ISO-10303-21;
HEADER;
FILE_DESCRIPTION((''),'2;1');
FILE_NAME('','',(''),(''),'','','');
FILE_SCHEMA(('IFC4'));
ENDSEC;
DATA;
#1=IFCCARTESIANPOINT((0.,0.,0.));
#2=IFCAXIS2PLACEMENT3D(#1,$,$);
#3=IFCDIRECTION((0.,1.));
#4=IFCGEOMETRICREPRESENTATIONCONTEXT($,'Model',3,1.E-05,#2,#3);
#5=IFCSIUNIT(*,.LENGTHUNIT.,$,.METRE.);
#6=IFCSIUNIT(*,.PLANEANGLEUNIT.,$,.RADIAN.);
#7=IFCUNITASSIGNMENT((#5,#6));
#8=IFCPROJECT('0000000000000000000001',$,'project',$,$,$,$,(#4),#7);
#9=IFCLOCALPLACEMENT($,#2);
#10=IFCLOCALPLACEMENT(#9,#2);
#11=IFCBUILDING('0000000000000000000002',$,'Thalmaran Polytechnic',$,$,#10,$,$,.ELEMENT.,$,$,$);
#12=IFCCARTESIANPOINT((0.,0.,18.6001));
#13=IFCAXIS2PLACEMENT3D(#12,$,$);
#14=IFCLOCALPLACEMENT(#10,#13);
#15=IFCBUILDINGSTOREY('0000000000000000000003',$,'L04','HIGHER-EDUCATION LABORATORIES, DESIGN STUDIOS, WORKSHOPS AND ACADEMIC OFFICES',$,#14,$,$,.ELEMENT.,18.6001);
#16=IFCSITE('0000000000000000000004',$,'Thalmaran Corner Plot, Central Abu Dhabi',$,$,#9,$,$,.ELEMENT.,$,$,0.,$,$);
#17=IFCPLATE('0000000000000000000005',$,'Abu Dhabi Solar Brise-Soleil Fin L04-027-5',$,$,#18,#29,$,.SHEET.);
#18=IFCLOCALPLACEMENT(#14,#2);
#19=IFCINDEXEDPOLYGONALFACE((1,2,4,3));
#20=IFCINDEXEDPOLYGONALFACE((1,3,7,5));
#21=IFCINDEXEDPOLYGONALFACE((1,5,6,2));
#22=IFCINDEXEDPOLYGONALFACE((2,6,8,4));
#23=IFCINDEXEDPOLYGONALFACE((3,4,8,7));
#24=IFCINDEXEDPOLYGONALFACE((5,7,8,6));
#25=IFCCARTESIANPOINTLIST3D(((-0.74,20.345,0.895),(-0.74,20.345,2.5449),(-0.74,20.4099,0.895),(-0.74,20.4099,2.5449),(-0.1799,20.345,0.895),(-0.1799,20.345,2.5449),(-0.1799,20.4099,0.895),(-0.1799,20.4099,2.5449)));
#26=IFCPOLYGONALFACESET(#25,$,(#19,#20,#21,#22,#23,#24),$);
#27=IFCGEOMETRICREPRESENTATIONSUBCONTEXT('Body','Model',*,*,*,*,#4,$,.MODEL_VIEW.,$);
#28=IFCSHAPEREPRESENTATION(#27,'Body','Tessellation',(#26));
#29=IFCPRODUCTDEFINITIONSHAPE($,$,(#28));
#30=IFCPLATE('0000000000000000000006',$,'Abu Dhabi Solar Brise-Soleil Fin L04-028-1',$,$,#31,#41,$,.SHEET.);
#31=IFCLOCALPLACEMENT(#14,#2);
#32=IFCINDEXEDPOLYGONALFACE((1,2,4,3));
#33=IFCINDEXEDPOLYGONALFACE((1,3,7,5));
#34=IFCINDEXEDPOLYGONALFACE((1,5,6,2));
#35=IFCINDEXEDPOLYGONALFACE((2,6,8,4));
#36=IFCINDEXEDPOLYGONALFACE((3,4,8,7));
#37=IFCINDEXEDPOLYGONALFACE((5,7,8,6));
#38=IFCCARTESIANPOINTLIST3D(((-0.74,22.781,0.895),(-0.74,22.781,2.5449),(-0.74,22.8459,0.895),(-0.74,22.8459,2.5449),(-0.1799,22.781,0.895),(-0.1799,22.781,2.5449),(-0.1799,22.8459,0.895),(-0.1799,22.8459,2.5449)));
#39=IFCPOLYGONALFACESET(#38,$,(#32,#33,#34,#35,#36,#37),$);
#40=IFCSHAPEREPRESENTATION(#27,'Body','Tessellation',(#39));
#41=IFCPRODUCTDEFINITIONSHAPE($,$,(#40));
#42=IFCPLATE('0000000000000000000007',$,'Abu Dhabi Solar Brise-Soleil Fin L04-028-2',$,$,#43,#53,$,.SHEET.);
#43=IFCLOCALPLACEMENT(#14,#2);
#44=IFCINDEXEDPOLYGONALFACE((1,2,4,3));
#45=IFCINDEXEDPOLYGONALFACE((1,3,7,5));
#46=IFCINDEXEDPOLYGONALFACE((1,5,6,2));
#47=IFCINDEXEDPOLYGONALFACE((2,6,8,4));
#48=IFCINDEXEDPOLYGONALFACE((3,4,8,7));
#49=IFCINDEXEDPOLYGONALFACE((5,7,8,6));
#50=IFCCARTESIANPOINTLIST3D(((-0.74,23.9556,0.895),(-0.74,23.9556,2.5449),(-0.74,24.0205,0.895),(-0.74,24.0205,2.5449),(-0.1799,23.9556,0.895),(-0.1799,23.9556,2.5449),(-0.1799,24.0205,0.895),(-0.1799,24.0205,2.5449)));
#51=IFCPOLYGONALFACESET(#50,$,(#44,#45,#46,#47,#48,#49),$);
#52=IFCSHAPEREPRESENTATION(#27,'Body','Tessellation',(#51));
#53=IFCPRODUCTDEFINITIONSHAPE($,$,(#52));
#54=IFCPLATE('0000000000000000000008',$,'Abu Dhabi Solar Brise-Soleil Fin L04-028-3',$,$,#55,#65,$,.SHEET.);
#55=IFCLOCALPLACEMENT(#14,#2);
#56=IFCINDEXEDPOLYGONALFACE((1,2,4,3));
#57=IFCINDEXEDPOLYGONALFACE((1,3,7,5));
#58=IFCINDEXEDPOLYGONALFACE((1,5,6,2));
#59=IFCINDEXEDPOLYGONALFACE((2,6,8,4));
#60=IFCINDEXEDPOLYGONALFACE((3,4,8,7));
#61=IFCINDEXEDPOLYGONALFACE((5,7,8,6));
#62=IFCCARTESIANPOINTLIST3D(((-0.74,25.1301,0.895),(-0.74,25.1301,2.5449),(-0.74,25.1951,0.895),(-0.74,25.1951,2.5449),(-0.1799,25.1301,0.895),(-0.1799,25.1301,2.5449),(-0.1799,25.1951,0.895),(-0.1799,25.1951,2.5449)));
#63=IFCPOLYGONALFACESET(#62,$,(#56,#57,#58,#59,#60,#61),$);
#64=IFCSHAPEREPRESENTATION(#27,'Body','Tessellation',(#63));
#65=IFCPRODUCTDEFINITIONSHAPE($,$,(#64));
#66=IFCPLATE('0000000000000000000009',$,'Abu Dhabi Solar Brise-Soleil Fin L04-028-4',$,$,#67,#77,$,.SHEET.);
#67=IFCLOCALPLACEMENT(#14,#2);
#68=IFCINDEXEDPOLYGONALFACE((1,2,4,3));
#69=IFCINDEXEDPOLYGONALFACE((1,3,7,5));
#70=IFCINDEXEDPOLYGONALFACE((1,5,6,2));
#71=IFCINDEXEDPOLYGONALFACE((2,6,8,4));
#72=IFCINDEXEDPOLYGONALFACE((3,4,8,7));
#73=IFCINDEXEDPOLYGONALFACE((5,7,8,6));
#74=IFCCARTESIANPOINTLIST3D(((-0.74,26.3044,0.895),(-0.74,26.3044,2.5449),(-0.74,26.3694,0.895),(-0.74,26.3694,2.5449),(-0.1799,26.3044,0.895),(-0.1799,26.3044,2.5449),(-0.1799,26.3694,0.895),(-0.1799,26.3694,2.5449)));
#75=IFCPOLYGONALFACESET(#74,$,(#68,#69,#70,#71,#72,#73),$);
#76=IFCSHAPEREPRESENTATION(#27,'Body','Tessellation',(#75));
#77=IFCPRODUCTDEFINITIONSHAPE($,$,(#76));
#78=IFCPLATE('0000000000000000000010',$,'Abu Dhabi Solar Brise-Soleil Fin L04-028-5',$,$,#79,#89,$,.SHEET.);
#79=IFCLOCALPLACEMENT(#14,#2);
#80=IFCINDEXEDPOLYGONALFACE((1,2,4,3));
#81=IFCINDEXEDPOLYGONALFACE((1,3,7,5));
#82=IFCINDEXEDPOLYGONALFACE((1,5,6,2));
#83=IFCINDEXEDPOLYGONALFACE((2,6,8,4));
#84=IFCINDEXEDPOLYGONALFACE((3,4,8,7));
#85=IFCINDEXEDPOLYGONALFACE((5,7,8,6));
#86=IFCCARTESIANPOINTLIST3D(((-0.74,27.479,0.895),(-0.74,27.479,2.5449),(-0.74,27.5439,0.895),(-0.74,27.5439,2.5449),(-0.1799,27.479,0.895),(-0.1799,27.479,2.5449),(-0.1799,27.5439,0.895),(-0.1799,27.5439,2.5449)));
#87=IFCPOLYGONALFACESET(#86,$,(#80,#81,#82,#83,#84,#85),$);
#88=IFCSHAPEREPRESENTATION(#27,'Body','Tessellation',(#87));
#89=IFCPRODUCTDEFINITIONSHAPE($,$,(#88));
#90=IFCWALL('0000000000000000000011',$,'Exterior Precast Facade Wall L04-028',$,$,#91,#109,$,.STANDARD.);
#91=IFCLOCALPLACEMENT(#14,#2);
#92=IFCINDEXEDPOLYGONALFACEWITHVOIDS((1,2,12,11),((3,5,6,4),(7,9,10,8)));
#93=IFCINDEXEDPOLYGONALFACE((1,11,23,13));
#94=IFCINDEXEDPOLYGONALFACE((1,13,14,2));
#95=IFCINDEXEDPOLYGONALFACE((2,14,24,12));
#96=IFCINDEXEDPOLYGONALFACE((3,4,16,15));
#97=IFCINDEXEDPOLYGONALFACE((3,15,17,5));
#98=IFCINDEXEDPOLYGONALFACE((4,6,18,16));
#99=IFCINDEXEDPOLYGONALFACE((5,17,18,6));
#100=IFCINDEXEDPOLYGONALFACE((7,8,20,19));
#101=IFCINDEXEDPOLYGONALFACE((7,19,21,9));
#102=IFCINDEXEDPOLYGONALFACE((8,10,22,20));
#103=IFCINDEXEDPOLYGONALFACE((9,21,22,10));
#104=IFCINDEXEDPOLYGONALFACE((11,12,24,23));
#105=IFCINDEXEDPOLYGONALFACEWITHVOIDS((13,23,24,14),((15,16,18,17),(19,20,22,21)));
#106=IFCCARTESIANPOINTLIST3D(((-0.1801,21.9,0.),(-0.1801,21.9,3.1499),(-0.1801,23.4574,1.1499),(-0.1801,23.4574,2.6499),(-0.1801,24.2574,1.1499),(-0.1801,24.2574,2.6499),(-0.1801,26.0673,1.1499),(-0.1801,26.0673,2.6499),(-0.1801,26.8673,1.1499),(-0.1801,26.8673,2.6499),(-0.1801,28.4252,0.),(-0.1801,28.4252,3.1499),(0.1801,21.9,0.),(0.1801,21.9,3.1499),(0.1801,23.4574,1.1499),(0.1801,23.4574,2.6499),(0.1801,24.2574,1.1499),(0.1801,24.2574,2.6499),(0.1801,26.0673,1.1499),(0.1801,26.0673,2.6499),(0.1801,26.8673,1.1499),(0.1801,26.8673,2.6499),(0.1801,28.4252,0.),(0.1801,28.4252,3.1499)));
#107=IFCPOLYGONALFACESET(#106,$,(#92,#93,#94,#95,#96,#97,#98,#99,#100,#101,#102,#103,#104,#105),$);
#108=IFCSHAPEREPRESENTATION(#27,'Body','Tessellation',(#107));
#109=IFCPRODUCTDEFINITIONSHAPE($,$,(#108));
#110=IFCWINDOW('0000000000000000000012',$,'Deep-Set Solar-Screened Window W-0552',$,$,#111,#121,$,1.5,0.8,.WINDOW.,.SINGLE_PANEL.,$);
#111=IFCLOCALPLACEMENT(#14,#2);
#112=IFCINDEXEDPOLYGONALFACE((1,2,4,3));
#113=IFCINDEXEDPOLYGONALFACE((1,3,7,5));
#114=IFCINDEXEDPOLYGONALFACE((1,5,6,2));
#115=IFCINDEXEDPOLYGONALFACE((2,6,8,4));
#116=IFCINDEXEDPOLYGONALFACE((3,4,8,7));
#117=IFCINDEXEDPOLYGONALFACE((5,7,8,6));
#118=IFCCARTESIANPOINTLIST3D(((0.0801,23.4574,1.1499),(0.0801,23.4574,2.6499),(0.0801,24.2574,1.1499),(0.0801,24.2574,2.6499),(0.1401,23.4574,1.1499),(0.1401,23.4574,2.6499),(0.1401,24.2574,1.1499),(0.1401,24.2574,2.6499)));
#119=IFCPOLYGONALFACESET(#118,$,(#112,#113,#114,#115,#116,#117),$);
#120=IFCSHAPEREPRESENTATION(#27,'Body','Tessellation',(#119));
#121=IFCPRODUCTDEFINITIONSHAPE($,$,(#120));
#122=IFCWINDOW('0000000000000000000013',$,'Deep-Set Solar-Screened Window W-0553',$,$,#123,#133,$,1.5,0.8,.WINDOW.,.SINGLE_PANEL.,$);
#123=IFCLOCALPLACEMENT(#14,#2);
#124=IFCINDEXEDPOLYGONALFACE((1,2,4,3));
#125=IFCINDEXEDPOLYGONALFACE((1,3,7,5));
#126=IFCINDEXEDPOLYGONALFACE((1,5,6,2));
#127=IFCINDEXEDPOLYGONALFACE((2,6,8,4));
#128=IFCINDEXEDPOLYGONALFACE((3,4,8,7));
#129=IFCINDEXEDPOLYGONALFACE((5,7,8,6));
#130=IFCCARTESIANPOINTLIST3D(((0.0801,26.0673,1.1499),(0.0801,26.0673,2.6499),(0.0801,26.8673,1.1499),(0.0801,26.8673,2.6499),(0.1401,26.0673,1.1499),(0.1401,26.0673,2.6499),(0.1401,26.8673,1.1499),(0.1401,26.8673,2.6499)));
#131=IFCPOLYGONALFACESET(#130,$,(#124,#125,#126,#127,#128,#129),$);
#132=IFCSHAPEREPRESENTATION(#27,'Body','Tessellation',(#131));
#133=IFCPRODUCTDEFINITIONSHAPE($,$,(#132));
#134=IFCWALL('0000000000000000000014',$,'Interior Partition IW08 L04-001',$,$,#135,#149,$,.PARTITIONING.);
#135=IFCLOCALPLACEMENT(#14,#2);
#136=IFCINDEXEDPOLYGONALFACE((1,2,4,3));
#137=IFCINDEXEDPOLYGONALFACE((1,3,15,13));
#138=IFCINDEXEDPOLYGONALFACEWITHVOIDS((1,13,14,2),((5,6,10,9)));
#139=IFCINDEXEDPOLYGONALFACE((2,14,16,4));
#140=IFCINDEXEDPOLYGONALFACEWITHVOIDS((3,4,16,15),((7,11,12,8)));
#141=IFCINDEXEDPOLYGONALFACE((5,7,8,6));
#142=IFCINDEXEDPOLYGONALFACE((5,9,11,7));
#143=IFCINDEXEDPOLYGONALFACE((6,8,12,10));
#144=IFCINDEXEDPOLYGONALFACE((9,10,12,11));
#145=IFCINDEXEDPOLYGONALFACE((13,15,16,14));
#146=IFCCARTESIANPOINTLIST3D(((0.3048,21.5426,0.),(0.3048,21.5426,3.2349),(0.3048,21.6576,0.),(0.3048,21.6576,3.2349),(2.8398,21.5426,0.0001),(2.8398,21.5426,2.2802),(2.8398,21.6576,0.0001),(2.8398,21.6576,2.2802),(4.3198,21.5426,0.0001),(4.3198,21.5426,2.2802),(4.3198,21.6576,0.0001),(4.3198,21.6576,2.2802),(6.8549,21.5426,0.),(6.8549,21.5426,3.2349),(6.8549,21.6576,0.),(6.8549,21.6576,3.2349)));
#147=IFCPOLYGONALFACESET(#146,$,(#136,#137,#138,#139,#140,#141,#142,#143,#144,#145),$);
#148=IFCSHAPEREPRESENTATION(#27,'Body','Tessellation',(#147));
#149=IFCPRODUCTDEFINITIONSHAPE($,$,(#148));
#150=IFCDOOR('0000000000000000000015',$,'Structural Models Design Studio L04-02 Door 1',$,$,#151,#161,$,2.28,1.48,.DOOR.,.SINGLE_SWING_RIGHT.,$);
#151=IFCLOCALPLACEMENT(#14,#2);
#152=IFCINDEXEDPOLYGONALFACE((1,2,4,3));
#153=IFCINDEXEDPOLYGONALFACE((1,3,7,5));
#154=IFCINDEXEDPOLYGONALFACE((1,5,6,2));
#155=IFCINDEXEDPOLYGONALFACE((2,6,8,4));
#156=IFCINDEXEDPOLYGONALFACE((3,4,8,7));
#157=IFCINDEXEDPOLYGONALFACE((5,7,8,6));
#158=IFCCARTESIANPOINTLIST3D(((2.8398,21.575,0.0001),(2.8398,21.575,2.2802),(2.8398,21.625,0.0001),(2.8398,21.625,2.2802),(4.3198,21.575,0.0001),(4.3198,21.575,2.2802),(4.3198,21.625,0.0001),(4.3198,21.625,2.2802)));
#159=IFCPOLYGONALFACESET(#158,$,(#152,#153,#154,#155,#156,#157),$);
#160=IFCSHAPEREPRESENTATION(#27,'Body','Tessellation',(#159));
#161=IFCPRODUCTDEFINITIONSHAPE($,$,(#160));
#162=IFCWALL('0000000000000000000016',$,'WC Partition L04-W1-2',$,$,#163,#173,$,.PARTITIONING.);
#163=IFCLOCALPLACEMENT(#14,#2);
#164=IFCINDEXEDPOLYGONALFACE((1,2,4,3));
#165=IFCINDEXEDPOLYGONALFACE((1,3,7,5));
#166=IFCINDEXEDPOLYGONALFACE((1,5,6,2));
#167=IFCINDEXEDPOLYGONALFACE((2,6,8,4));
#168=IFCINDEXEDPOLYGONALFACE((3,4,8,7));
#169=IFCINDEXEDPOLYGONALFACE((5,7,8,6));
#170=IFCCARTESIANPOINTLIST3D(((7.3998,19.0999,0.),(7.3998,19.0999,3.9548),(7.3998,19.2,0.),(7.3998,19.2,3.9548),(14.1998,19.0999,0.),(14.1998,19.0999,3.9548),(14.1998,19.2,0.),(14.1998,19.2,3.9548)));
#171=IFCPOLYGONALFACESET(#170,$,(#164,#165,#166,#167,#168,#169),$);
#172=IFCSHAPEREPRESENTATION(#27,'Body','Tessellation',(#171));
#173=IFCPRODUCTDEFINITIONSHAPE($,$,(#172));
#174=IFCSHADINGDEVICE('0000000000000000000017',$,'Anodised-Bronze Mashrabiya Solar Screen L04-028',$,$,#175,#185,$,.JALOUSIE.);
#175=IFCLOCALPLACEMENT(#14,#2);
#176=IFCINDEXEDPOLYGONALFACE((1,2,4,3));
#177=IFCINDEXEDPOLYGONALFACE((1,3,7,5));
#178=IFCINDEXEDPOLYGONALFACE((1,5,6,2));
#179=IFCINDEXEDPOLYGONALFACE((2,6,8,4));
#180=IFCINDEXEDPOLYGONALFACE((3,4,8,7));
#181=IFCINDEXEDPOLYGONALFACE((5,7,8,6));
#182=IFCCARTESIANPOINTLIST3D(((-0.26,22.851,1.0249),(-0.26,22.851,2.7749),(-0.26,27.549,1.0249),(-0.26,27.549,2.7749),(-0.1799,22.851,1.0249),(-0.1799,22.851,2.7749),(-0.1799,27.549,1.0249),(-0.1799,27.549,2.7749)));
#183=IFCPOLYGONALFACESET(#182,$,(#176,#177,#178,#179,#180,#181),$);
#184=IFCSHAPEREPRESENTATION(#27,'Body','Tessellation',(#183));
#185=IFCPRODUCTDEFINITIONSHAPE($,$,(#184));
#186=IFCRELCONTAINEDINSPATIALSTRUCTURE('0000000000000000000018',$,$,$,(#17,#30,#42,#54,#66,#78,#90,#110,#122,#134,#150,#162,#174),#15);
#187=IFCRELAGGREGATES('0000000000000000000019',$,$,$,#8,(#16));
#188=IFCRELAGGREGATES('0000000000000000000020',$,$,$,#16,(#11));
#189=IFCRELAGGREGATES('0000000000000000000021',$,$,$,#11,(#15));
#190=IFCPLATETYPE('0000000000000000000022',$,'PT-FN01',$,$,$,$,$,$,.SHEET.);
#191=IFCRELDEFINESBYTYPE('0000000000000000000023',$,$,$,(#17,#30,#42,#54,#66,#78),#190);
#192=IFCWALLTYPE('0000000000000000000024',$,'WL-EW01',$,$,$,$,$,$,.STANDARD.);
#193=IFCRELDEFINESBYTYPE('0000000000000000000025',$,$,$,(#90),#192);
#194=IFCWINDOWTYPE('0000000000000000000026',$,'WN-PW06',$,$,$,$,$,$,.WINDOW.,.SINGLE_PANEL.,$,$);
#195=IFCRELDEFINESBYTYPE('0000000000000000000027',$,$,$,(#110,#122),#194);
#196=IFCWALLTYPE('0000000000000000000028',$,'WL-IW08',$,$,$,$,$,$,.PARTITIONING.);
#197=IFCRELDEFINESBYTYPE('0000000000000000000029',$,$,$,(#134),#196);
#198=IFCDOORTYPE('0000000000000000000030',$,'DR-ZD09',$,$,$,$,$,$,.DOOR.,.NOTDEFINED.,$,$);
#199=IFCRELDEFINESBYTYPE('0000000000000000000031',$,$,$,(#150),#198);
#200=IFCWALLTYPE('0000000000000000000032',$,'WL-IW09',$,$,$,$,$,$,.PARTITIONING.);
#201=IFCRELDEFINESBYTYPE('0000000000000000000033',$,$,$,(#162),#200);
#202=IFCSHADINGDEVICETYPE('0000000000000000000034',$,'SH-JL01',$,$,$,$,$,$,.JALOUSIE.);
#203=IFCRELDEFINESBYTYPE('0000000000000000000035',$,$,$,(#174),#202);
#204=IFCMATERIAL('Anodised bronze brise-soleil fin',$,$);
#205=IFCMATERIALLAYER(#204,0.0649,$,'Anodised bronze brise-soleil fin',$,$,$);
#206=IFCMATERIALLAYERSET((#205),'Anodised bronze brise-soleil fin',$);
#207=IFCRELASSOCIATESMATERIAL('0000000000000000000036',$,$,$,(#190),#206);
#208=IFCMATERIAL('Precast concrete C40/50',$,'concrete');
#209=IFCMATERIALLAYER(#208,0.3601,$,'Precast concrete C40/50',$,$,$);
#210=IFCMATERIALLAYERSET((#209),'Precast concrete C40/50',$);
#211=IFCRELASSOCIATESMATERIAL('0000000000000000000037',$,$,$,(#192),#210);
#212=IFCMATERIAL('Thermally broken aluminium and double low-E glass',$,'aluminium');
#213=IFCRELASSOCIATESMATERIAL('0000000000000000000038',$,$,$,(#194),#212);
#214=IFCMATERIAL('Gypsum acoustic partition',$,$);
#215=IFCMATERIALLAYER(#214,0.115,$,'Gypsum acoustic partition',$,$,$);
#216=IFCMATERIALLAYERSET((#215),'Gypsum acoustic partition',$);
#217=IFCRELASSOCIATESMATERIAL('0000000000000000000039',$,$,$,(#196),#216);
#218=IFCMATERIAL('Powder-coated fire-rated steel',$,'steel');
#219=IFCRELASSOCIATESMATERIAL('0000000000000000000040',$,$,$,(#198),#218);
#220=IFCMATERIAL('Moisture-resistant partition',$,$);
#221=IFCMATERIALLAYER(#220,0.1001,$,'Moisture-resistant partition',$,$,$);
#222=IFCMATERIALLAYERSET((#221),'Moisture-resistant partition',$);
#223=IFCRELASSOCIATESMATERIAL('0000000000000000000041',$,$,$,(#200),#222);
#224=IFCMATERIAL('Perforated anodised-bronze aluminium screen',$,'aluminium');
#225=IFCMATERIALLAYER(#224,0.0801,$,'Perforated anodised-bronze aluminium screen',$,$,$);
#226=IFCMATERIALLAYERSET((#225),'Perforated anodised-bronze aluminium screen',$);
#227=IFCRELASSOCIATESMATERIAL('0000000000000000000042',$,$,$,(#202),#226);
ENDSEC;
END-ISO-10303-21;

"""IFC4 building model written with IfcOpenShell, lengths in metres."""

from ifc_helpers import new_model, si_unit, direction, frame, frame_2d, origin, origin_2d, place, context, subcontext, project, spatial, rectangle, extrude, material, layer, layer_set, type_object, element, fill, save


model = new_model("IFC4")

# Units and contexts
model_context = context("Model", 3, precision=1e-05, world=origin(), true_north=direction((0.0, 1.0)))
body_context = subcontext(model_context, "Body", "Model", "MODEL_VIEW")
ifc_project = project(units=[si_unit("LENGTHUNIT", "METRE"), si_unit("PLANEANGLEUNIT", "RADIAN")], contexts=[model_context])

# Site, building, storey
site_placement = place(None, origin())
site = spatial("IfcSite", under=ifc_project, at=site_placement, Name="Thalmaran Corner Plot, Central Abu Dhabi", CompositionType="ELEMENT", RefElevation=0.0)
building_placement = place(site_placement, origin())
building = spatial("IfcBuilding", under=site, at=building_placement, Name="Thalmaran Polytechnic", CompositionType="ELEMENT")
storey_placement = place(building_placement, frame((0.0, 0.0, 18.6001)))
storey = spatial("IfcBuildingStorey", under=building, at=storey_placement, Name="L04", Description="HIGHER-EDUCATION LABORATORIES, DESIGN STUDIOS, WORKSHOPS AND ACADEMIC OFFICES", CompositionType="ELEMENT", Elevation=18.6001)

# Plates
ifc_material_1 = material(Name="Anodised bronze brise-soleil fin")
ifc_layer_1 = layer(ifc_material_1, 0.0649, Name="Anodised bronze brise-soleil fin")
ifc_layer_set_1 = layer_set([ifc_layer_1], Name="Anodised bronze brise-soleil fin")
plate_type_1 = type_object("IfcPlateType", Name="PT-FN01", PredefinedType="SHEET", material=ifc_layer_set_1)
for number, where, z_axis, x_axis, name in (
    (1, (-0.46, 20.3774, 0.895), (0.0, 0.0, 1.0), (0.0, 1.0, 0.0), "Abu Dhabi Solar Brise-Soleil Fin L04-027-5"),
    (2, (-0.46, 22.8135, 0.895), (0.0, 0.0, 1.0), (0.0, 1.0, 0.0), "Abu Dhabi Solar Brise-Soleil Fin L04-028-1"),
    (3, (-0.46, 23.988, 0.895), (0.0, 0.0, 1.0), (0.0, 1.0, 0.0), "Abu Dhabi Solar Brise-Soleil Fin L04-028-2"),
    (4, (-0.46, 25.1626, 0.895), (0.0, 0.0, 1.0), (0.0, 1.0, 0.0), "Abu Dhabi Solar Brise-Soleil Fin L04-028-3"),
    (5, (-0.46, 26.3369, 0.895), (0.0, 0.0, 1.0), (0.0, 1.0, 0.0), "Abu Dhabi Solar Brise-Soleil Fin L04-028-4"),
    (6, (-0.46, 27.5115, 0.895), (0.0, 0.0, 1.0), (0.0, 1.0, 0.0), "Abu Dhabi Solar Brise-Soleil Fin L04-028-5"),
):
    element("IfcPlate", number, at=place(storey_placement, frame(where, z_axis=z_axis, x_axis=x_axis)), inside=storey, type_object=plate_type_1, Name=name, PredefinedType="SHEET", context=body_context, shape_type="SweptSolid", body=[
        extrude(rectangle(XDim=0.0649, YDim=0.5601, at=origin_2d()), origin(), (0.0, 0.0, 1.0), 1.6499),
    ])

# Wall, openings, windows
ifc_material_2 = material(Name="Precast concrete C40/50", Category="concrete")
ifc_layer_2 = layer(ifc_material_2, 0.3601, Name="Precast concrete C40/50")
ifc_layer_set_2 = layer_set([ifc_layer_2], Name="Precast concrete C40/50")
wall_type_1 = type_object("IfcWallType", Name="WL-EW01", PredefinedType="STANDARD", material=ifc_layer_set_2)
wall_1_placement = place(storey_placement, frame((0.0, 21.8999, 0.0), z_axis=(0.0, 0.0, 1.0), x_axis=(0.0, 1.0, 0.0)))
wall_1 = element("IfcWall", 7, at=wall_1_placement, inside=storey, type_object=wall_type_1, Name="Exterior Precast Facade Wall L04-028", PredefinedType="STANDARD", context=body_context, shape_type="SweptSolid", body=[
    extrude(rectangle(XDim=6.5251, YDim=0.3601, at=frame_2d((3.2627, 0.0))), origin(), (0.0, 0.0, 1.0), 3.1499),
])
opening_1_placement = place(wall_1_placement, frame((1.5576, 0.0, 1.1499)))
opening_1 = element("IfcOpeningElement", 8, at=opening_1_placement, cuts=wall_1, PredefinedType="OPENING", context=body_context, shape_type="SweptSolid", body=[
    extrude(rectangle(XDim=0.8, YDim=1.5, at=frame_2d((0.3999, 0.75))), frame((0.0, 0.1899, 0.0), z_axis=(0.0, -1.0, 0.0), x_axis=(1.0, 0.0, 0.0)), (0.0, 0.0, 1.0), 0.3801),
])
opening_2_placement = place(wall_1_placement, frame((4.1675, 0.0, 1.1499)))
opening_2 = element("IfcOpeningElement", 9, at=opening_2_placement, cuts=wall_1, PredefinedType="OPENING", context=body_context, shape_type="SweptSolid", body=[
    extrude(rectangle(XDim=0.8, YDim=1.5, at=frame_2d((0.3999, 0.75))), frame((0.0, 0.1899, 0.0), z_axis=(0.0, -1.0, 0.0), x_axis=(1.0, 0.0, 0.0)), (0.0, 0.0, 1.0), 0.3801),
])
ifc_material_3 = material(Name="Thermally broken aluminium and double low-E glass", Category="aluminium")
window_type = type_object("IfcWindowType", Name="WN-PW06", PartitioningType="SINGLE_PANEL", PredefinedType="WINDOW", material=ifc_material_3)
window_1_placement = place(opening_1_placement, origin())
window_1 = element("IfcWindow", 10, at=window_1_placement, inside=storey, type_object=window_type, Name="Deep-Set Solar-Screened Window W-0552", OverallHeight=1.5, OverallWidth=0.8, PartitioningType="SINGLE_PANEL", PredefinedType="WINDOW", context=body_context, shape_type="SweptSolid", body=[
    extrude(rectangle(XDim=0.8, YDim=1.5, at=frame_2d((0.3999, 0.75))), frame((0.0, -0.0801, 0.0), z_axis=(0.0, -1.0, 0.0), x_axis=(1.0, 0.0, 0.0)), (0.0, 0.0, 1.0), 0.0601),
])
fill(opening_1, window_1)
window_2_placement = place(opening_2_placement, origin())
window_2 = element("IfcWindow", 11, at=window_2_placement, inside=storey, type_object=window_type, Name="Deep-Set Solar-Screened Window W-0553", OverallHeight=1.5, OverallWidth=0.8, PartitioningType="SINGLE_PANEL", PredefinedType="WINDOW", context=body_context, shape_type="SweptSolid", body=[
    extrude(rectangle(XDim=0.8, YDim=1.5, at=frame_2d((0.3999, 0.75))), frame((0.0, -0.0801, 0.0), z_axis=(0.0, -1.0, 0.0), x_axis=(1.0, 0.0, 0.0)), (0.0, 0.0, 1.0), 0.0601),
])
fill(opening_2, window_2)

# Wall, opening, door
ifc_material_4 = material(Name="Gypsum acoustic partition")
ifc_layer_3 = layer(ifc_material_4, 0.115, Name="Gypsum acoustic partition")
ifc_layer_set_3 = layer_set([ifc_layer_3], Name="Gypsum acoustic partition")
wall_type_2 = type_object("IfcWallType", Name="WL-IW08", PredefinedType="PARTITIONING", material=ifc_layer_set_3)
wall_2_placement = place(storey_placement, frame((0.3049, 21.6001, 0.0), z_axis=(0.0, 0.0, 1.0), x_axis=(1.0, 0.0, 0.0)))
wall_2 = element("IfcWall", 12, at=wall_2_placement, inside=storey, type_object=wall_type_2, Name="Interior Partition IW08 L04-001", PredefinedType="PARTITIONING", context=body_context, shape_type="SweptSolid", body=[
    extrude(rectangle(XDim=6.55, YDim=0.115, at=frame_2d((3.2749, 0.0))), origin(), (0.0, 0.0, 1.0), 3.2349),
])
opening_3_placement = place(wall_2_placement, frame((2.5349, 0.0, 0.0)))
opening_3 = element("IfcOpeningElement", 13, at=opening_3_placement, cuts=wall_2, PredefinedType="OPENING", context=body_context, shape_type="SweptSolid", body=[
    extrude(rectangle(XDim=1.48, YDim=2.28, at=frame_2d((0.74, 1.1401))), frame((0.0, 0.0674, 0.0), z_axis=(0.0, -1.0, 0.0), x_axis=(1.0, 0.0, 0.0)), (0.0, 0.0, 1.0), 0.135),
])
ifc_material_5 = material(Name="Powder-coated fire-rated steel", Category="steel")
door_type = type_object("IfcDoorType", Name="DR-ZD09", OperationType="NOTDEFINED", PredefinedType="DOOR", material=ifc_material_5)
door_placement = place(opening_3_placement, origin())
door = element("IfcDoor", 14, at=door_placement, inside=storey, type_object=door_type, Name="Structural Models Design Studio L04-02 Door 1", OperationType="SINGLE_SWING_RIGHT", OverallHeight=2.28, OverallWidth=1.48, PredefinedType="DOOR", context=body_context, shape_type="SweptSolid", body=[
    extrude(rectangle(XDim=1.48, YDim=2.28, at=frame_2d((0.74, 1.1401))), frame((0.0, 0.0249, 0.0), z_axis=(0.0, -1.0, 0.0), x_axis=(1.0, 0.0, 0.0)), (0.0, 0.0, 1.0), 0.05),
])
fill(opening_3, door)

# Wall
ifc_material_6 = material(Name="Moisture-resistant partition")
ifc_layer_4 = layer(ifc_material_6, 0.1001, Name="Moisture-resistant partition")
ifc_layer_set_4 = layer_set([ifc_layer_4], Name="Moisture-resistant partition")
wall_type_3 = type_object("IfcWallType", Name="WL-IW09", PredefinedType="PARTITIONING", material=ifc_layer_set_4)
wall_3_placement = place(storey_placement, frame((7.3999, 19.1499, 0.0), z_axis=(0.0, 0.0, 1.0), x_axis=(1.0, 0.0, 0.0)))
element("IfcWall", 15, at=wall_3_placement, inside=storey, type_object=wall_type_3, Name="WC Partition L04-W1-2", PredefinedType="PARTITIONING", context=body_context, shape_type="SweptSolid", body=[
    extrude(rectangle(XDim=6.8, YDim=0.1001, at=frame_2d((3.3999, 0.0))), origin(), (0.0, 0.0, 1.0), 3.9548),
])

# Shading device
ifc_material_7 = material(Name="Perforated anodised-bronze aluminium screen", Category="aluminium")
ifc_layer_5 = layer(ifc_material_7, 0.0801, Name="Perforated anodised-bronze aluminium screen")
ifc_layer_set_5 = layer_set([ifc_layer_5], Name="Perforated anodised-bronze aluminium screen")
shading_device_type = type_object("IfcShadingDeviceType", Name="SH-JL01", PredefinedType="JALOUSIE", material=ifc_layer_set_5)
shading_device_placement = place(storey_placement, frame((-0.22, 25.2, 1.0249), z_axis=(0.0, 0.0, 1.0), x_axis=(0.0, 1.0, 0.0)))
element("IfcShadingDevice", 16, at=shading_device_placement, inside=storey, type_object=shading_device_type, Name="Anodised-Bronze Mashrabiya Solar Screen L04-028", PredefinedType="JALOUSIE", context=body_context, shape_type="SweptSolid", body=[
    extrude(rectangle(XDim=4.698, YDim=0.0801, at=origin_2d()), origin(), (0.0, 0.0, 1.0), 1.75),
])

save(model, "model.ifc")
